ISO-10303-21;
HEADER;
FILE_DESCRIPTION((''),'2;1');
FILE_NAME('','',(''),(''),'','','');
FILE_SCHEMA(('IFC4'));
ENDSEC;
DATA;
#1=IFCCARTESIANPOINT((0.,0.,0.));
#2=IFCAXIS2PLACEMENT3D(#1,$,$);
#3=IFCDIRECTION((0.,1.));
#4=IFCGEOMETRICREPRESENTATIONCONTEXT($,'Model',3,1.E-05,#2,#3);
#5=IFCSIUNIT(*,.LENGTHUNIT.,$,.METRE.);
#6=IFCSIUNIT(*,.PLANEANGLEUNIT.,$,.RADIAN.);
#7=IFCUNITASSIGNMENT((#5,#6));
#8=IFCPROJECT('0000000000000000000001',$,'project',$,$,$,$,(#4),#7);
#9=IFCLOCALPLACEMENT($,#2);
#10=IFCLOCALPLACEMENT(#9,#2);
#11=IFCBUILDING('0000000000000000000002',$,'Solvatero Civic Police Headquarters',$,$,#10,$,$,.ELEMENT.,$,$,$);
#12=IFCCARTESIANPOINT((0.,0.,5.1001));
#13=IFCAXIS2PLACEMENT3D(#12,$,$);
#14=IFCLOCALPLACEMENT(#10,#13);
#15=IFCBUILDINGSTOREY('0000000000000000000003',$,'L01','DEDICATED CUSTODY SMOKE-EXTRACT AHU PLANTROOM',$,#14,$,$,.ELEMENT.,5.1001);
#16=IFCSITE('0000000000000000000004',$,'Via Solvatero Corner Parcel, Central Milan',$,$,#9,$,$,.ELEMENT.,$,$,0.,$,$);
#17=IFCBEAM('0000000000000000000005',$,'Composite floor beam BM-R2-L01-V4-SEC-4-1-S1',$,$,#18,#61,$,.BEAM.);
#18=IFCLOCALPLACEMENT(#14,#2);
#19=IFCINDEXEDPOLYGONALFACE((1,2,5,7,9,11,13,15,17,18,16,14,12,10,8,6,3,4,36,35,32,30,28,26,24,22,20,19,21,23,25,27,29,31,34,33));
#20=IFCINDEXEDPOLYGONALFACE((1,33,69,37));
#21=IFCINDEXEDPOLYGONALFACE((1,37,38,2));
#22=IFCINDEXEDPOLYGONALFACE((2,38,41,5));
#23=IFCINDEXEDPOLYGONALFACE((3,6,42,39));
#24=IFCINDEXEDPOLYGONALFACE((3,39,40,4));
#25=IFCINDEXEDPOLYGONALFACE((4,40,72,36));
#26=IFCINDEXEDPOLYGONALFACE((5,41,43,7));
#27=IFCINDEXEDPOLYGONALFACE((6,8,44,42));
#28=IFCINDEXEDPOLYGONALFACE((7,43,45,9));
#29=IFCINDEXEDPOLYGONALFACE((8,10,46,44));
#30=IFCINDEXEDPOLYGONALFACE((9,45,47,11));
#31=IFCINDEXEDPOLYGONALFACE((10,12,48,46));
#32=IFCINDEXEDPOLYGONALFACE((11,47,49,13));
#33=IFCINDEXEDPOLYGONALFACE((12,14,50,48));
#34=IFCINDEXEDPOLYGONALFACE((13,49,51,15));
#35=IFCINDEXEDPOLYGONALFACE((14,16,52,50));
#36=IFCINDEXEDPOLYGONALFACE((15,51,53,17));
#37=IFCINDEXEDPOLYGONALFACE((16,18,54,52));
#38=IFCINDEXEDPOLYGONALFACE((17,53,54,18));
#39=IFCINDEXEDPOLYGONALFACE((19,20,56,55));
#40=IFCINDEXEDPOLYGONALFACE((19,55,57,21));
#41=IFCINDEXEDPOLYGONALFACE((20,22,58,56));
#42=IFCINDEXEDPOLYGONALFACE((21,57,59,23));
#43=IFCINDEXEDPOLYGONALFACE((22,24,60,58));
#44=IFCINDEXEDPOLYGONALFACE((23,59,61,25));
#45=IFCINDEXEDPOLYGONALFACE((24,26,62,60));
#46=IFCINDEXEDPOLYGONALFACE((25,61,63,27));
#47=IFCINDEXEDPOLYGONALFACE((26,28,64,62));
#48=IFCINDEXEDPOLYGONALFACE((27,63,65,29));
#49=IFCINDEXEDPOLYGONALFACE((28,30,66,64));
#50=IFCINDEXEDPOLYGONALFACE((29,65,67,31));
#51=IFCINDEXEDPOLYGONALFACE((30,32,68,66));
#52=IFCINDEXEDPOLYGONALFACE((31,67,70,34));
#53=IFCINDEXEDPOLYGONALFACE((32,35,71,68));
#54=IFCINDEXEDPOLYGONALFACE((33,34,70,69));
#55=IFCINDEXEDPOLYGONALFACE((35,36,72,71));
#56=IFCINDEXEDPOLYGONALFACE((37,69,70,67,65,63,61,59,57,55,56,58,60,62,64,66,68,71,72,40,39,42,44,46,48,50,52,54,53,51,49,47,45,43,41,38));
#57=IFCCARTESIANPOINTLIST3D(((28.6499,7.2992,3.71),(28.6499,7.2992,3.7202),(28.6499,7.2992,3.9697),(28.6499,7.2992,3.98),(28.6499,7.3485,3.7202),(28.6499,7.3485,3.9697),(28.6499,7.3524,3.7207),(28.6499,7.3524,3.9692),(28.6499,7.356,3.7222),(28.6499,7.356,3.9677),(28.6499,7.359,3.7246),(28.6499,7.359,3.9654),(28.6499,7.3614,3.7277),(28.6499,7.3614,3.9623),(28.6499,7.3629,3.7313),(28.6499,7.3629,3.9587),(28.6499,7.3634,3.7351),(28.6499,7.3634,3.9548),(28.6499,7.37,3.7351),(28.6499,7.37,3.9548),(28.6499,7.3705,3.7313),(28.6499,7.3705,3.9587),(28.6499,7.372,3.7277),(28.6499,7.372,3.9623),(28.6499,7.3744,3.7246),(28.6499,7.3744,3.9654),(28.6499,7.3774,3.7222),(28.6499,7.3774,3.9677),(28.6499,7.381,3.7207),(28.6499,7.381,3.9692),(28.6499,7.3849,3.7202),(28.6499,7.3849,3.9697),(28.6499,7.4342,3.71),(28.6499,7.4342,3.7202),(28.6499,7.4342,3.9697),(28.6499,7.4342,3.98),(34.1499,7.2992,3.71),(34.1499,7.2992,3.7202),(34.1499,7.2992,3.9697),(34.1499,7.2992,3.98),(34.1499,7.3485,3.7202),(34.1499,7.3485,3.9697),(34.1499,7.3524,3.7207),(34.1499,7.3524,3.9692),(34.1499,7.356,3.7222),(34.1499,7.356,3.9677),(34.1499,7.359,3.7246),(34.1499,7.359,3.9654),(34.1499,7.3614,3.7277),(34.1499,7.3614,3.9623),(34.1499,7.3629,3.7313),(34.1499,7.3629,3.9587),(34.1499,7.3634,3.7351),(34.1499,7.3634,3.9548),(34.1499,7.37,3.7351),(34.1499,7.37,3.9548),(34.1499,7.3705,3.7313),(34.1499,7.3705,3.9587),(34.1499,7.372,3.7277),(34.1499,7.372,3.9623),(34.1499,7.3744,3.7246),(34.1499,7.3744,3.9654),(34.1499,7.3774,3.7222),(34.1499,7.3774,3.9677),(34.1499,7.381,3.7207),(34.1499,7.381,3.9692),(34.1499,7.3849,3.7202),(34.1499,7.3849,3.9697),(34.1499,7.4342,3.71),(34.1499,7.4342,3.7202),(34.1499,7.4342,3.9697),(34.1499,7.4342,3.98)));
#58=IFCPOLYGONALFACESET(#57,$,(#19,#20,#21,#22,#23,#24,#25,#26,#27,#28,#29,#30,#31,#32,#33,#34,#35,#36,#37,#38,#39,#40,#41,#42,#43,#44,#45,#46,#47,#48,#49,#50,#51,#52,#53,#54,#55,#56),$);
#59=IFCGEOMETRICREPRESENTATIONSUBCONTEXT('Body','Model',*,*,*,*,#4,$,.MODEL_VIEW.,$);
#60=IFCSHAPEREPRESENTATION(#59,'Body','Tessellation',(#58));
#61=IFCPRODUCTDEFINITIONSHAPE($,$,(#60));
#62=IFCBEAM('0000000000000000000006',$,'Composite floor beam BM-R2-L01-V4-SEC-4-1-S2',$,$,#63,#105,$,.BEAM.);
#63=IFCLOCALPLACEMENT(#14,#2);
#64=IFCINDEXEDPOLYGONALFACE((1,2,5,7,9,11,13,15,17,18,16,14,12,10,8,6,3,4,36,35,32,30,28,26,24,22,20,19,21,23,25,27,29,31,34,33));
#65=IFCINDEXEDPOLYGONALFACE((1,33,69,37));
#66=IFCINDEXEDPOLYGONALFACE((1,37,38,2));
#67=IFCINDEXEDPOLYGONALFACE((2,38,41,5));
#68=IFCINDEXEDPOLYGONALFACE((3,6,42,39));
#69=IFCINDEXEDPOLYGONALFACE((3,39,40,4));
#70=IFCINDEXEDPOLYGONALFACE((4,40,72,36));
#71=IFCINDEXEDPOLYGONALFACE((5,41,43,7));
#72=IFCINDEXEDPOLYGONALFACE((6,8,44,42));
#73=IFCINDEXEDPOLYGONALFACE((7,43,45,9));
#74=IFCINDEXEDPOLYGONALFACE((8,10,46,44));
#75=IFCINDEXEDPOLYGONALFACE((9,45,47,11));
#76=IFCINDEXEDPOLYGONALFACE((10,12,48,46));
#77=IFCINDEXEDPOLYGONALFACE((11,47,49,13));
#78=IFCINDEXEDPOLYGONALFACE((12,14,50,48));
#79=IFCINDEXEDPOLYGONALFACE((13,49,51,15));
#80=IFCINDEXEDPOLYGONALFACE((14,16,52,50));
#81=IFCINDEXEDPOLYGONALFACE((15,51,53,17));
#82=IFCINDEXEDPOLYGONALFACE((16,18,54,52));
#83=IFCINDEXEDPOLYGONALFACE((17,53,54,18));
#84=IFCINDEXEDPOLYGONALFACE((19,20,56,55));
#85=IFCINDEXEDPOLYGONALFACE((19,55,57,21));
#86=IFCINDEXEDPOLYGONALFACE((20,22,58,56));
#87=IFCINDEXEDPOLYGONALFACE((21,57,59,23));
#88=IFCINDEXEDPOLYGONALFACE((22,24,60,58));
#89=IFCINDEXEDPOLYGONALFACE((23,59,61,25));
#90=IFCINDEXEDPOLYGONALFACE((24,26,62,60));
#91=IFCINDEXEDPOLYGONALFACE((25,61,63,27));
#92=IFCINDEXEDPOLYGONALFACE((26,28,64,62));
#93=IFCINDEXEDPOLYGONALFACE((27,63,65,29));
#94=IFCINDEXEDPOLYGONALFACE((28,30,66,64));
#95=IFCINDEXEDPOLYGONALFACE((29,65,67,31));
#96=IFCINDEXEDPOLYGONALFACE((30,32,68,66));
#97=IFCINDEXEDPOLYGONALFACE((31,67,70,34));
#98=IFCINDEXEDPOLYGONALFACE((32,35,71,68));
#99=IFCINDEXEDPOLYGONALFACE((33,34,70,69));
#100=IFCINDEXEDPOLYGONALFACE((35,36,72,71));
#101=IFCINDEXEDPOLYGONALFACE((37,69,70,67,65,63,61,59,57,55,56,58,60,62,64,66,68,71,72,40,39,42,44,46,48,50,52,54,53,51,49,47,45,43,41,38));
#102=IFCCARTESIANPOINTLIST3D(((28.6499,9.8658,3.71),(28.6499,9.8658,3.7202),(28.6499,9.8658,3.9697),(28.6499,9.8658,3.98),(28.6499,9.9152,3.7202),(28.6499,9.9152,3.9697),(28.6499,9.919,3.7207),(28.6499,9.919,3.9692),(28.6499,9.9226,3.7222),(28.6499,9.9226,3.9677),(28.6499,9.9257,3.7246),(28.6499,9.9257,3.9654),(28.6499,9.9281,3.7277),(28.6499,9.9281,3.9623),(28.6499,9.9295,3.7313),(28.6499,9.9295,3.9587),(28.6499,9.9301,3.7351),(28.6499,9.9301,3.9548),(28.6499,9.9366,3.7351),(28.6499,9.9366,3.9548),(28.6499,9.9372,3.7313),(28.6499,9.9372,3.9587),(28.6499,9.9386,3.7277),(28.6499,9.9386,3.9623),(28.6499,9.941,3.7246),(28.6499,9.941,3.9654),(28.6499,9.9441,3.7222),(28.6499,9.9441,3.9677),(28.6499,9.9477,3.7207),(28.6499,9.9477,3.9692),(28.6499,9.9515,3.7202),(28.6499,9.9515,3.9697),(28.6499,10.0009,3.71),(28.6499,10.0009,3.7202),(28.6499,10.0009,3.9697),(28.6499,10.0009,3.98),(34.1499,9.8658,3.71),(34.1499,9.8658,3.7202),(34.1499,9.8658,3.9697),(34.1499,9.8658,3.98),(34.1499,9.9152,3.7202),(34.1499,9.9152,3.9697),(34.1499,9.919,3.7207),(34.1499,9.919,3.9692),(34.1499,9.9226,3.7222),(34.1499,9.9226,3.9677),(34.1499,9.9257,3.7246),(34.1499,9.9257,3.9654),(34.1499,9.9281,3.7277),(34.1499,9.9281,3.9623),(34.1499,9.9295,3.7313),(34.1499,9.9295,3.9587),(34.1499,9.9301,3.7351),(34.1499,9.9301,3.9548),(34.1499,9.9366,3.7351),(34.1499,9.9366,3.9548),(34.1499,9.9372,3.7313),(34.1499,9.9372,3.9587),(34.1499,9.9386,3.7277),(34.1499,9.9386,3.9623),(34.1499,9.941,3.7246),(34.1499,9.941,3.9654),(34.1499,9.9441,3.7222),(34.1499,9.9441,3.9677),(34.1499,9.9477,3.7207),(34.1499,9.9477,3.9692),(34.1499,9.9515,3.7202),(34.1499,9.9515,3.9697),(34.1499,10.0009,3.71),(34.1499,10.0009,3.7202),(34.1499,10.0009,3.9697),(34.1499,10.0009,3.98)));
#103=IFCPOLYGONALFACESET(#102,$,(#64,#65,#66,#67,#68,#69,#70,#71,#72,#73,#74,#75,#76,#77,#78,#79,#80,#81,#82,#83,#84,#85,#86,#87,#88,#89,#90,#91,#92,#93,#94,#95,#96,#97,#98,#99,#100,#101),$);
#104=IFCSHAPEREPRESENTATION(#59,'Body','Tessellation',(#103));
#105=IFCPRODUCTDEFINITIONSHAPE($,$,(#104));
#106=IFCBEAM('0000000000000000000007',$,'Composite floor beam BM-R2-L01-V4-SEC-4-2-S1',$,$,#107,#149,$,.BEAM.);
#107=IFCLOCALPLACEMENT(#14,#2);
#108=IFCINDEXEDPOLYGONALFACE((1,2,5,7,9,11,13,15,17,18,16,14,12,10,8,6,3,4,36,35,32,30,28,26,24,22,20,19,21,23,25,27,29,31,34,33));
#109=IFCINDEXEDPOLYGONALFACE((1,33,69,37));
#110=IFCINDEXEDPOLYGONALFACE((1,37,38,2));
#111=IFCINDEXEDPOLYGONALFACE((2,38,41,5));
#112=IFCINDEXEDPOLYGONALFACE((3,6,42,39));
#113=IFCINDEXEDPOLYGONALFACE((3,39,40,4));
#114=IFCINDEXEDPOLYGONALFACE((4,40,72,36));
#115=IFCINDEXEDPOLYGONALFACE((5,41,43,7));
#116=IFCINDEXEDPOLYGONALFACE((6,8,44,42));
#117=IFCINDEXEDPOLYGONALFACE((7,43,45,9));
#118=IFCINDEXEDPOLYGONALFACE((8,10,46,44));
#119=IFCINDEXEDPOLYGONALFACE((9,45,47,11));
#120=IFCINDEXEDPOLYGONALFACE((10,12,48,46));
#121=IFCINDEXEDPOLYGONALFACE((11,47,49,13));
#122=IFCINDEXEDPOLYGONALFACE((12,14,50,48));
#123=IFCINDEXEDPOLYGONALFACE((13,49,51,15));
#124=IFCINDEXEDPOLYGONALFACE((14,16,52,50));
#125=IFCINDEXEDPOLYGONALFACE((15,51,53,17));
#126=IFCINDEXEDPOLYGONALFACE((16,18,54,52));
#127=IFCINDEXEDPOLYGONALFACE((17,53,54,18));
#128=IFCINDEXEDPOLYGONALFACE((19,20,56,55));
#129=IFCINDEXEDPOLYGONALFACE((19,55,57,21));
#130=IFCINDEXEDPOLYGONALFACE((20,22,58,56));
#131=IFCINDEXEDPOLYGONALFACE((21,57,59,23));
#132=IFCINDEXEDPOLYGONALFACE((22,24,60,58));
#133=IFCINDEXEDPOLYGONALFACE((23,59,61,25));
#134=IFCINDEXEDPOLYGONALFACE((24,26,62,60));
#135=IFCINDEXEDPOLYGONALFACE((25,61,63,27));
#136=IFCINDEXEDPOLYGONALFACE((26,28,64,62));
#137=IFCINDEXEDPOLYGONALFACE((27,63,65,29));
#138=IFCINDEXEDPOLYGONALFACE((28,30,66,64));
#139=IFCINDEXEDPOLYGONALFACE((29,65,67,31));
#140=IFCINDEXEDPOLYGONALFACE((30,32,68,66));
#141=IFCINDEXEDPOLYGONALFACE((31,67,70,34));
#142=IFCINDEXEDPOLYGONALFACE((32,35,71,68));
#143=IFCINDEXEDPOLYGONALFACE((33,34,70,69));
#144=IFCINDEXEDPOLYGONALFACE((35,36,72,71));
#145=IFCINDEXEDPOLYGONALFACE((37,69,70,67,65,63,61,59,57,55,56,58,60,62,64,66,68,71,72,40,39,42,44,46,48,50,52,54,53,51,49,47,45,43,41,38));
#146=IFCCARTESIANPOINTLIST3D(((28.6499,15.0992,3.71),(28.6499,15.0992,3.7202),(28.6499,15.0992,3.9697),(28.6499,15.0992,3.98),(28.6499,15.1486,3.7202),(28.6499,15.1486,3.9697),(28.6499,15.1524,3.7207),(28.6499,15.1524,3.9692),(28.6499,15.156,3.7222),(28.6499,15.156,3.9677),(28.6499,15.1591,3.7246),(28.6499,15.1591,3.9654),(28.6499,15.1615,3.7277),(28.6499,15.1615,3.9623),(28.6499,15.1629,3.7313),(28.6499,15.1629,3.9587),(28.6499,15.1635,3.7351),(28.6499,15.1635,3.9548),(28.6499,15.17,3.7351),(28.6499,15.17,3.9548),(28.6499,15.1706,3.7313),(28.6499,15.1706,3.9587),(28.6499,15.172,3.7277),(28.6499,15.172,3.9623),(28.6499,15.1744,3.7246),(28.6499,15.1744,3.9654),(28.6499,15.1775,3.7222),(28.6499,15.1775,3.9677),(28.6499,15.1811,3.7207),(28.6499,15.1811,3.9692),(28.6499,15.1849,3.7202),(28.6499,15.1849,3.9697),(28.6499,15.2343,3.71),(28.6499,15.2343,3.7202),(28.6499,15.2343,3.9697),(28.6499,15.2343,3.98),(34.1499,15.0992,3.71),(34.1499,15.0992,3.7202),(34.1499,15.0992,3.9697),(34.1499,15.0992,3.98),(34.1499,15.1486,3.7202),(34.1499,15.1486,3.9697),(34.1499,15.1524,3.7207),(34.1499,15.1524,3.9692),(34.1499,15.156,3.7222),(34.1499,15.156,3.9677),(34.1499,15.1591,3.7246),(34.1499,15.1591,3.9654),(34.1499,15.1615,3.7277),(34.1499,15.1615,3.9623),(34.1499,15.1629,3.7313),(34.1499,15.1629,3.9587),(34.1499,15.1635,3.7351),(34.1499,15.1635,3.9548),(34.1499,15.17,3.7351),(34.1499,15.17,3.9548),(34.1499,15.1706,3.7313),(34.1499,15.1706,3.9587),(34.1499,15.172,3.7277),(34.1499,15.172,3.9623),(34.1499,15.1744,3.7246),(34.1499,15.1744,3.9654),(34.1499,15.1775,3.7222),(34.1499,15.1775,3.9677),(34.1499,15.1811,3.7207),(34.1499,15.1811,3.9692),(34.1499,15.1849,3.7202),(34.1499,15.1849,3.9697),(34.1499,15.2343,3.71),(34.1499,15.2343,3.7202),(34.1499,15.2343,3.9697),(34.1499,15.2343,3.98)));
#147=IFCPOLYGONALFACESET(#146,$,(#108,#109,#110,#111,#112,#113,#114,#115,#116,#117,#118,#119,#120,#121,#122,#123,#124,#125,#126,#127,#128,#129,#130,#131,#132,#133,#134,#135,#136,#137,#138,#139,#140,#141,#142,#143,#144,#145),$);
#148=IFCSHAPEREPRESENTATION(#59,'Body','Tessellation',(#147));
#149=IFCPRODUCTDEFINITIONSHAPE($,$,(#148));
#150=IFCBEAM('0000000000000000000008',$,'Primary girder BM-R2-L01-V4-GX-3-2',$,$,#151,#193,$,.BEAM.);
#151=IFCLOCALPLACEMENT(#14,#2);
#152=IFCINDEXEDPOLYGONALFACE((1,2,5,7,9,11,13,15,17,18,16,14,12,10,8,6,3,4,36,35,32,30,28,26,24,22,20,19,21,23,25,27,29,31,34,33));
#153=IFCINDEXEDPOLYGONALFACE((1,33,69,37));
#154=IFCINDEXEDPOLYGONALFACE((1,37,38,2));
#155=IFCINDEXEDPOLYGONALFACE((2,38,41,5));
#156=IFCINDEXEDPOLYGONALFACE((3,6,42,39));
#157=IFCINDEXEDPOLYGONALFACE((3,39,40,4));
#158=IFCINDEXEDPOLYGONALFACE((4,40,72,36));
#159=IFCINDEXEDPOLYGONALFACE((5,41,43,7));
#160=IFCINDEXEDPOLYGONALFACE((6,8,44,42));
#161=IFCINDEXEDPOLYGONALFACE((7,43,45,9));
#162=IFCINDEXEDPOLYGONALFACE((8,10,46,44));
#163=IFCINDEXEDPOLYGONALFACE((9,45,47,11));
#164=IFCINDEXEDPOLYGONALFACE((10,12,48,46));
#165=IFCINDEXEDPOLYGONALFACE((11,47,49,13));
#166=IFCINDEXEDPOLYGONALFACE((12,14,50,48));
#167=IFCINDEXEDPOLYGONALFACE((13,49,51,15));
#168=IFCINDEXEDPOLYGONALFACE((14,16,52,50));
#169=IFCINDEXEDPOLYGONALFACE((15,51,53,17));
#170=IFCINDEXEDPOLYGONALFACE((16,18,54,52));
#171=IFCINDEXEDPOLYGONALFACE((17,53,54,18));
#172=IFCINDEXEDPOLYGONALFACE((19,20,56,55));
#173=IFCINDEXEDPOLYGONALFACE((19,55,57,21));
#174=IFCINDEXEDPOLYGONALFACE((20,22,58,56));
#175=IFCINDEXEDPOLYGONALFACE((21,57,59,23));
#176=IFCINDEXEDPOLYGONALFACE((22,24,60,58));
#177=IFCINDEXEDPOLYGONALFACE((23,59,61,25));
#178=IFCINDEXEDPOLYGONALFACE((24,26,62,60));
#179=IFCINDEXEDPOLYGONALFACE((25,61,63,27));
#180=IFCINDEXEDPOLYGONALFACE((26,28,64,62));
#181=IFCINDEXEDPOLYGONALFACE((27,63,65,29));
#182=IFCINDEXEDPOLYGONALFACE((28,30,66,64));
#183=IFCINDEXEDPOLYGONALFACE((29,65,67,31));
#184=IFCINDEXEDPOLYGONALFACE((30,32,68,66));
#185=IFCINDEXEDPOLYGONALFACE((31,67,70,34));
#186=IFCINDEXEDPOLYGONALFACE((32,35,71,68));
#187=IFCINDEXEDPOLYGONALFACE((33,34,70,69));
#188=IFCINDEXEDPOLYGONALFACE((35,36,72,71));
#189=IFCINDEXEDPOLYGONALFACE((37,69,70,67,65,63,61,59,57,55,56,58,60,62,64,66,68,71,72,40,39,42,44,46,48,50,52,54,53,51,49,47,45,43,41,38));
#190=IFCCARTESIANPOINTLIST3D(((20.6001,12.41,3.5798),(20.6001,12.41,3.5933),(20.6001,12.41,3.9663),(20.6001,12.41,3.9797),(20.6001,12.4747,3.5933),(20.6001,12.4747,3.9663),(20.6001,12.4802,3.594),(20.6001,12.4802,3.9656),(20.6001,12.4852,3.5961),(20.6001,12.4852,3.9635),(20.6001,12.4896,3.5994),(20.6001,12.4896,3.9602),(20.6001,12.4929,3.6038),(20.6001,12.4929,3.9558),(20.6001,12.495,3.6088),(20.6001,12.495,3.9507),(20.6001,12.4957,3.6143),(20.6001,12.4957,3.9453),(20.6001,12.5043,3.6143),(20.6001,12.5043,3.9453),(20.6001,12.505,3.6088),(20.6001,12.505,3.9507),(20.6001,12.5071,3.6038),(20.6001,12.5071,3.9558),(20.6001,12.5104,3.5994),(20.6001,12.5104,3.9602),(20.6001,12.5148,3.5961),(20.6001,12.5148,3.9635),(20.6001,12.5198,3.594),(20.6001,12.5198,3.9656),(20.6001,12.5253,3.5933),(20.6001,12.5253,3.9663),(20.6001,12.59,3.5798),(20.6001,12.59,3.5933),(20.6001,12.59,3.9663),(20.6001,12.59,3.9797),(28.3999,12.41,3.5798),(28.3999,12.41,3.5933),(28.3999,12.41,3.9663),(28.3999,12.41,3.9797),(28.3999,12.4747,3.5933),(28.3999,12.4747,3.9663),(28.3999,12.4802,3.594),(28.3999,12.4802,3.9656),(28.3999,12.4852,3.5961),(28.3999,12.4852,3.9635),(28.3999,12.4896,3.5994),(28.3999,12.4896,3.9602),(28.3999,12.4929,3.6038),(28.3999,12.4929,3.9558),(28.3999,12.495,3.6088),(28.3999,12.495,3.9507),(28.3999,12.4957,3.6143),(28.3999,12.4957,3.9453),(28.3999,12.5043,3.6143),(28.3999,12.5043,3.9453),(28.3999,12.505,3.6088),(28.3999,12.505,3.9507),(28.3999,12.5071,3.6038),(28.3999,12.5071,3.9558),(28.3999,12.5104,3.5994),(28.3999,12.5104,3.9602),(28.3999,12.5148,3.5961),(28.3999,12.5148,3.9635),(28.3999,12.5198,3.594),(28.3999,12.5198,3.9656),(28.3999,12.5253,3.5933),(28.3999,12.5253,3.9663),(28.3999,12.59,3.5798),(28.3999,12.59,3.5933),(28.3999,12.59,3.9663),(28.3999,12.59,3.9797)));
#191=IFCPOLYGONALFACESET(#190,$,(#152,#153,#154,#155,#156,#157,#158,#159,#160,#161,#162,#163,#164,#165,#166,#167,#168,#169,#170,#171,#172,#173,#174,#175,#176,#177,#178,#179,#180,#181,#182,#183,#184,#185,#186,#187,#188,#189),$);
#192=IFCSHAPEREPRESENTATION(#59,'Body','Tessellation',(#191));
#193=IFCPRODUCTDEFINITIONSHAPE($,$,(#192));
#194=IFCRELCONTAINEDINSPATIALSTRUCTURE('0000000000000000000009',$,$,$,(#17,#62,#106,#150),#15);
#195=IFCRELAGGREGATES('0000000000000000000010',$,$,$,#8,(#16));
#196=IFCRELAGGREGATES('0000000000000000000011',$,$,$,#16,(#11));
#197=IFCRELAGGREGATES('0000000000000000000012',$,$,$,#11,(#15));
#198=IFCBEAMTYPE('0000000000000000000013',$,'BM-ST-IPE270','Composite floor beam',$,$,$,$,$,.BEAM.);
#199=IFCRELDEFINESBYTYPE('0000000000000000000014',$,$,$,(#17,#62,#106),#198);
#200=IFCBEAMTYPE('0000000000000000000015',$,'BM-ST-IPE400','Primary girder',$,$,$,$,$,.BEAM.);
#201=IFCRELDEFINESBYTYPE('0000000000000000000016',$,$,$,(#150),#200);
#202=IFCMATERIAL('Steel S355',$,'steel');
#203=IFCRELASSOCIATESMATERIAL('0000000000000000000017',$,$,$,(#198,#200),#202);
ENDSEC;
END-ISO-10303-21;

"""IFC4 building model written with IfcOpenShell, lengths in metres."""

from ifc_helpers import new_model, si_unit, direction, frame, origin, origin_2d, place, context, subcontext, project, spatial, i_section, extrude, material, material_profile, profile_set, type_object, element, save


model = new_model("IFC4")

# Units and contexts
model_context = context("Model", 3, precision=1e-05, world=origin(), true_north=direction((0.0, 1.0)))
body_context = subcontext(model_context, "Body", "Model", "MODEL_VIEW")
ifc_project = project(units=[si_unit("LENGTHUNIT", "METRE"), si_unit("PLANEANGLEUNIT", "RADIAN")], contexts=[model_context])

# Site, building, storey
site_placement = place(None, origin())
site = spatial("IfcSite", under=ifc_project, at=site_placement, Name="Via Solvatero Corner Parcel, Central Milan", CompositionType="ELEMENT", RefElevation=0.0)
building_placement = place(site_placement, origin())
building = spatial("IfcBuilding", under=site, at=building_placement, Name="Solvatero Civic Police Headquarters", CompositionType="ELEMENT")
storey_placement = place(building_placement, frame((0.0, 0.0, 5.1001)))
storey = spatial("IfcBuildingStorey", under=building, at=storey_placement, Name="L01", Description="DEDICATED CUSTODY SMOKE-EXTRACT AHU PLANTROOM", CompositionType="ELEMENT", Elevation=5.1001)

# Shared definitions
ifc_material_1 = material(Name="Steel S355", Category="steel")

# Beams
ifc_material_profile_1 = material_profile(ifc_material_1, i_section(OverallWidth=0.135, OverallDepth=0.27, WebThickness=0.0066, FlangeThickness=0.0103, FilletRadius=0.0149, at=origin_2d()), Name="IPE 270")
ifc_profile_set_1 = profile_set([ifc_material_profile_1], Name="Steel S355")
beam_type_1 = type_object("IfcBeamType", Name="BM-ST-IPE270", Description="Composite floor beam", PredefinedType="BEAM", material=ifc_profile_set_1)
for number, where, z_axis, x_axis, name in (
    (1, (28.6499, 7.3667, 3.845), (1.0, 0.0, 0.0), (0.0, 1.0, 0.0), "Composite floor beam BM-R2-L01-V4-SEC-4-1-S1"),
    (2, (28.6499, 9.9333, 3.845), (1.0, 0.0, 0.0), (0.0, 1.0, 0.0), "Composite floor beam BM-R2-L01-V4-SEC-4-1-S2"),
    (3, (28.6499, 15.1667, 3.845), (1.0, 0.0, 0.0), (0.0, 1.0, 0.0), "Composite floor beam BM-R2-L01-V4-SEC-4-2-S1"),
):
    element("IfcBeam", number, at=place(storey_placement, frame(where, z_axis=z_axis, x_axis=x_axis)), inside=storey, type_object=beam_type_1, Name=name, PredefinedType="BEAM", context=body_context, shape_type="SweptSolid", body=[
        extrude(i_section(OverallWidth=0.135, OverallDepth=0.27, WebThickness=0.0066, FlangeThickness=0.0103, FilletRadius=0.0149, at=origin_2d()), origin(), (0.0, 0.0, 1.0), 5.5),
    ])
ifc_material_profile_2 = material_profile(ifc_material_1, i_section(OverallWidth=0.1799, OverallDepth=0.3999, WebThickness=0.0085, FlangeThickness=0.0134, FilletRadius=0.021, at=origin_2d()), Name="IPE 400")
ifc_profile_set_2 = profile_set([ifc_material_profile_2], Name="Steel S355")
beam_type_2 = type_object("IfcBeamType", Name="BM-ST-IPE400", Description="Primary girder", PredefinedType="BEAM", material=ifc_profile_set_2)
beam_1_placement = place(storey_placement, frame((20.6001, 12.5, 3.7798), z_axis=(1.0, 0.0, 0.0), x_axis=(0.0, 1.0, 0.0)))
element("IfcBeam", 4, at=beam_1_placement, inside=storey, type_object=beam_type_2, Name="Primary girder BM-R2-L01-V4-GX-3-2", PredefinedType="BEAM", context=body_context, shape_type="SweptSolid", body=[
    extrude(i_section(OverallWidth=0.1799, OverallDepth=0.3999, WebThickness=0.0085, FlangeThickness=0.0134, FilletRadius=0.021, at=origin_2d()), origin(), (0.0, 0.0, 1.0), 7.7998),
])

save(model, "model.ifc")
